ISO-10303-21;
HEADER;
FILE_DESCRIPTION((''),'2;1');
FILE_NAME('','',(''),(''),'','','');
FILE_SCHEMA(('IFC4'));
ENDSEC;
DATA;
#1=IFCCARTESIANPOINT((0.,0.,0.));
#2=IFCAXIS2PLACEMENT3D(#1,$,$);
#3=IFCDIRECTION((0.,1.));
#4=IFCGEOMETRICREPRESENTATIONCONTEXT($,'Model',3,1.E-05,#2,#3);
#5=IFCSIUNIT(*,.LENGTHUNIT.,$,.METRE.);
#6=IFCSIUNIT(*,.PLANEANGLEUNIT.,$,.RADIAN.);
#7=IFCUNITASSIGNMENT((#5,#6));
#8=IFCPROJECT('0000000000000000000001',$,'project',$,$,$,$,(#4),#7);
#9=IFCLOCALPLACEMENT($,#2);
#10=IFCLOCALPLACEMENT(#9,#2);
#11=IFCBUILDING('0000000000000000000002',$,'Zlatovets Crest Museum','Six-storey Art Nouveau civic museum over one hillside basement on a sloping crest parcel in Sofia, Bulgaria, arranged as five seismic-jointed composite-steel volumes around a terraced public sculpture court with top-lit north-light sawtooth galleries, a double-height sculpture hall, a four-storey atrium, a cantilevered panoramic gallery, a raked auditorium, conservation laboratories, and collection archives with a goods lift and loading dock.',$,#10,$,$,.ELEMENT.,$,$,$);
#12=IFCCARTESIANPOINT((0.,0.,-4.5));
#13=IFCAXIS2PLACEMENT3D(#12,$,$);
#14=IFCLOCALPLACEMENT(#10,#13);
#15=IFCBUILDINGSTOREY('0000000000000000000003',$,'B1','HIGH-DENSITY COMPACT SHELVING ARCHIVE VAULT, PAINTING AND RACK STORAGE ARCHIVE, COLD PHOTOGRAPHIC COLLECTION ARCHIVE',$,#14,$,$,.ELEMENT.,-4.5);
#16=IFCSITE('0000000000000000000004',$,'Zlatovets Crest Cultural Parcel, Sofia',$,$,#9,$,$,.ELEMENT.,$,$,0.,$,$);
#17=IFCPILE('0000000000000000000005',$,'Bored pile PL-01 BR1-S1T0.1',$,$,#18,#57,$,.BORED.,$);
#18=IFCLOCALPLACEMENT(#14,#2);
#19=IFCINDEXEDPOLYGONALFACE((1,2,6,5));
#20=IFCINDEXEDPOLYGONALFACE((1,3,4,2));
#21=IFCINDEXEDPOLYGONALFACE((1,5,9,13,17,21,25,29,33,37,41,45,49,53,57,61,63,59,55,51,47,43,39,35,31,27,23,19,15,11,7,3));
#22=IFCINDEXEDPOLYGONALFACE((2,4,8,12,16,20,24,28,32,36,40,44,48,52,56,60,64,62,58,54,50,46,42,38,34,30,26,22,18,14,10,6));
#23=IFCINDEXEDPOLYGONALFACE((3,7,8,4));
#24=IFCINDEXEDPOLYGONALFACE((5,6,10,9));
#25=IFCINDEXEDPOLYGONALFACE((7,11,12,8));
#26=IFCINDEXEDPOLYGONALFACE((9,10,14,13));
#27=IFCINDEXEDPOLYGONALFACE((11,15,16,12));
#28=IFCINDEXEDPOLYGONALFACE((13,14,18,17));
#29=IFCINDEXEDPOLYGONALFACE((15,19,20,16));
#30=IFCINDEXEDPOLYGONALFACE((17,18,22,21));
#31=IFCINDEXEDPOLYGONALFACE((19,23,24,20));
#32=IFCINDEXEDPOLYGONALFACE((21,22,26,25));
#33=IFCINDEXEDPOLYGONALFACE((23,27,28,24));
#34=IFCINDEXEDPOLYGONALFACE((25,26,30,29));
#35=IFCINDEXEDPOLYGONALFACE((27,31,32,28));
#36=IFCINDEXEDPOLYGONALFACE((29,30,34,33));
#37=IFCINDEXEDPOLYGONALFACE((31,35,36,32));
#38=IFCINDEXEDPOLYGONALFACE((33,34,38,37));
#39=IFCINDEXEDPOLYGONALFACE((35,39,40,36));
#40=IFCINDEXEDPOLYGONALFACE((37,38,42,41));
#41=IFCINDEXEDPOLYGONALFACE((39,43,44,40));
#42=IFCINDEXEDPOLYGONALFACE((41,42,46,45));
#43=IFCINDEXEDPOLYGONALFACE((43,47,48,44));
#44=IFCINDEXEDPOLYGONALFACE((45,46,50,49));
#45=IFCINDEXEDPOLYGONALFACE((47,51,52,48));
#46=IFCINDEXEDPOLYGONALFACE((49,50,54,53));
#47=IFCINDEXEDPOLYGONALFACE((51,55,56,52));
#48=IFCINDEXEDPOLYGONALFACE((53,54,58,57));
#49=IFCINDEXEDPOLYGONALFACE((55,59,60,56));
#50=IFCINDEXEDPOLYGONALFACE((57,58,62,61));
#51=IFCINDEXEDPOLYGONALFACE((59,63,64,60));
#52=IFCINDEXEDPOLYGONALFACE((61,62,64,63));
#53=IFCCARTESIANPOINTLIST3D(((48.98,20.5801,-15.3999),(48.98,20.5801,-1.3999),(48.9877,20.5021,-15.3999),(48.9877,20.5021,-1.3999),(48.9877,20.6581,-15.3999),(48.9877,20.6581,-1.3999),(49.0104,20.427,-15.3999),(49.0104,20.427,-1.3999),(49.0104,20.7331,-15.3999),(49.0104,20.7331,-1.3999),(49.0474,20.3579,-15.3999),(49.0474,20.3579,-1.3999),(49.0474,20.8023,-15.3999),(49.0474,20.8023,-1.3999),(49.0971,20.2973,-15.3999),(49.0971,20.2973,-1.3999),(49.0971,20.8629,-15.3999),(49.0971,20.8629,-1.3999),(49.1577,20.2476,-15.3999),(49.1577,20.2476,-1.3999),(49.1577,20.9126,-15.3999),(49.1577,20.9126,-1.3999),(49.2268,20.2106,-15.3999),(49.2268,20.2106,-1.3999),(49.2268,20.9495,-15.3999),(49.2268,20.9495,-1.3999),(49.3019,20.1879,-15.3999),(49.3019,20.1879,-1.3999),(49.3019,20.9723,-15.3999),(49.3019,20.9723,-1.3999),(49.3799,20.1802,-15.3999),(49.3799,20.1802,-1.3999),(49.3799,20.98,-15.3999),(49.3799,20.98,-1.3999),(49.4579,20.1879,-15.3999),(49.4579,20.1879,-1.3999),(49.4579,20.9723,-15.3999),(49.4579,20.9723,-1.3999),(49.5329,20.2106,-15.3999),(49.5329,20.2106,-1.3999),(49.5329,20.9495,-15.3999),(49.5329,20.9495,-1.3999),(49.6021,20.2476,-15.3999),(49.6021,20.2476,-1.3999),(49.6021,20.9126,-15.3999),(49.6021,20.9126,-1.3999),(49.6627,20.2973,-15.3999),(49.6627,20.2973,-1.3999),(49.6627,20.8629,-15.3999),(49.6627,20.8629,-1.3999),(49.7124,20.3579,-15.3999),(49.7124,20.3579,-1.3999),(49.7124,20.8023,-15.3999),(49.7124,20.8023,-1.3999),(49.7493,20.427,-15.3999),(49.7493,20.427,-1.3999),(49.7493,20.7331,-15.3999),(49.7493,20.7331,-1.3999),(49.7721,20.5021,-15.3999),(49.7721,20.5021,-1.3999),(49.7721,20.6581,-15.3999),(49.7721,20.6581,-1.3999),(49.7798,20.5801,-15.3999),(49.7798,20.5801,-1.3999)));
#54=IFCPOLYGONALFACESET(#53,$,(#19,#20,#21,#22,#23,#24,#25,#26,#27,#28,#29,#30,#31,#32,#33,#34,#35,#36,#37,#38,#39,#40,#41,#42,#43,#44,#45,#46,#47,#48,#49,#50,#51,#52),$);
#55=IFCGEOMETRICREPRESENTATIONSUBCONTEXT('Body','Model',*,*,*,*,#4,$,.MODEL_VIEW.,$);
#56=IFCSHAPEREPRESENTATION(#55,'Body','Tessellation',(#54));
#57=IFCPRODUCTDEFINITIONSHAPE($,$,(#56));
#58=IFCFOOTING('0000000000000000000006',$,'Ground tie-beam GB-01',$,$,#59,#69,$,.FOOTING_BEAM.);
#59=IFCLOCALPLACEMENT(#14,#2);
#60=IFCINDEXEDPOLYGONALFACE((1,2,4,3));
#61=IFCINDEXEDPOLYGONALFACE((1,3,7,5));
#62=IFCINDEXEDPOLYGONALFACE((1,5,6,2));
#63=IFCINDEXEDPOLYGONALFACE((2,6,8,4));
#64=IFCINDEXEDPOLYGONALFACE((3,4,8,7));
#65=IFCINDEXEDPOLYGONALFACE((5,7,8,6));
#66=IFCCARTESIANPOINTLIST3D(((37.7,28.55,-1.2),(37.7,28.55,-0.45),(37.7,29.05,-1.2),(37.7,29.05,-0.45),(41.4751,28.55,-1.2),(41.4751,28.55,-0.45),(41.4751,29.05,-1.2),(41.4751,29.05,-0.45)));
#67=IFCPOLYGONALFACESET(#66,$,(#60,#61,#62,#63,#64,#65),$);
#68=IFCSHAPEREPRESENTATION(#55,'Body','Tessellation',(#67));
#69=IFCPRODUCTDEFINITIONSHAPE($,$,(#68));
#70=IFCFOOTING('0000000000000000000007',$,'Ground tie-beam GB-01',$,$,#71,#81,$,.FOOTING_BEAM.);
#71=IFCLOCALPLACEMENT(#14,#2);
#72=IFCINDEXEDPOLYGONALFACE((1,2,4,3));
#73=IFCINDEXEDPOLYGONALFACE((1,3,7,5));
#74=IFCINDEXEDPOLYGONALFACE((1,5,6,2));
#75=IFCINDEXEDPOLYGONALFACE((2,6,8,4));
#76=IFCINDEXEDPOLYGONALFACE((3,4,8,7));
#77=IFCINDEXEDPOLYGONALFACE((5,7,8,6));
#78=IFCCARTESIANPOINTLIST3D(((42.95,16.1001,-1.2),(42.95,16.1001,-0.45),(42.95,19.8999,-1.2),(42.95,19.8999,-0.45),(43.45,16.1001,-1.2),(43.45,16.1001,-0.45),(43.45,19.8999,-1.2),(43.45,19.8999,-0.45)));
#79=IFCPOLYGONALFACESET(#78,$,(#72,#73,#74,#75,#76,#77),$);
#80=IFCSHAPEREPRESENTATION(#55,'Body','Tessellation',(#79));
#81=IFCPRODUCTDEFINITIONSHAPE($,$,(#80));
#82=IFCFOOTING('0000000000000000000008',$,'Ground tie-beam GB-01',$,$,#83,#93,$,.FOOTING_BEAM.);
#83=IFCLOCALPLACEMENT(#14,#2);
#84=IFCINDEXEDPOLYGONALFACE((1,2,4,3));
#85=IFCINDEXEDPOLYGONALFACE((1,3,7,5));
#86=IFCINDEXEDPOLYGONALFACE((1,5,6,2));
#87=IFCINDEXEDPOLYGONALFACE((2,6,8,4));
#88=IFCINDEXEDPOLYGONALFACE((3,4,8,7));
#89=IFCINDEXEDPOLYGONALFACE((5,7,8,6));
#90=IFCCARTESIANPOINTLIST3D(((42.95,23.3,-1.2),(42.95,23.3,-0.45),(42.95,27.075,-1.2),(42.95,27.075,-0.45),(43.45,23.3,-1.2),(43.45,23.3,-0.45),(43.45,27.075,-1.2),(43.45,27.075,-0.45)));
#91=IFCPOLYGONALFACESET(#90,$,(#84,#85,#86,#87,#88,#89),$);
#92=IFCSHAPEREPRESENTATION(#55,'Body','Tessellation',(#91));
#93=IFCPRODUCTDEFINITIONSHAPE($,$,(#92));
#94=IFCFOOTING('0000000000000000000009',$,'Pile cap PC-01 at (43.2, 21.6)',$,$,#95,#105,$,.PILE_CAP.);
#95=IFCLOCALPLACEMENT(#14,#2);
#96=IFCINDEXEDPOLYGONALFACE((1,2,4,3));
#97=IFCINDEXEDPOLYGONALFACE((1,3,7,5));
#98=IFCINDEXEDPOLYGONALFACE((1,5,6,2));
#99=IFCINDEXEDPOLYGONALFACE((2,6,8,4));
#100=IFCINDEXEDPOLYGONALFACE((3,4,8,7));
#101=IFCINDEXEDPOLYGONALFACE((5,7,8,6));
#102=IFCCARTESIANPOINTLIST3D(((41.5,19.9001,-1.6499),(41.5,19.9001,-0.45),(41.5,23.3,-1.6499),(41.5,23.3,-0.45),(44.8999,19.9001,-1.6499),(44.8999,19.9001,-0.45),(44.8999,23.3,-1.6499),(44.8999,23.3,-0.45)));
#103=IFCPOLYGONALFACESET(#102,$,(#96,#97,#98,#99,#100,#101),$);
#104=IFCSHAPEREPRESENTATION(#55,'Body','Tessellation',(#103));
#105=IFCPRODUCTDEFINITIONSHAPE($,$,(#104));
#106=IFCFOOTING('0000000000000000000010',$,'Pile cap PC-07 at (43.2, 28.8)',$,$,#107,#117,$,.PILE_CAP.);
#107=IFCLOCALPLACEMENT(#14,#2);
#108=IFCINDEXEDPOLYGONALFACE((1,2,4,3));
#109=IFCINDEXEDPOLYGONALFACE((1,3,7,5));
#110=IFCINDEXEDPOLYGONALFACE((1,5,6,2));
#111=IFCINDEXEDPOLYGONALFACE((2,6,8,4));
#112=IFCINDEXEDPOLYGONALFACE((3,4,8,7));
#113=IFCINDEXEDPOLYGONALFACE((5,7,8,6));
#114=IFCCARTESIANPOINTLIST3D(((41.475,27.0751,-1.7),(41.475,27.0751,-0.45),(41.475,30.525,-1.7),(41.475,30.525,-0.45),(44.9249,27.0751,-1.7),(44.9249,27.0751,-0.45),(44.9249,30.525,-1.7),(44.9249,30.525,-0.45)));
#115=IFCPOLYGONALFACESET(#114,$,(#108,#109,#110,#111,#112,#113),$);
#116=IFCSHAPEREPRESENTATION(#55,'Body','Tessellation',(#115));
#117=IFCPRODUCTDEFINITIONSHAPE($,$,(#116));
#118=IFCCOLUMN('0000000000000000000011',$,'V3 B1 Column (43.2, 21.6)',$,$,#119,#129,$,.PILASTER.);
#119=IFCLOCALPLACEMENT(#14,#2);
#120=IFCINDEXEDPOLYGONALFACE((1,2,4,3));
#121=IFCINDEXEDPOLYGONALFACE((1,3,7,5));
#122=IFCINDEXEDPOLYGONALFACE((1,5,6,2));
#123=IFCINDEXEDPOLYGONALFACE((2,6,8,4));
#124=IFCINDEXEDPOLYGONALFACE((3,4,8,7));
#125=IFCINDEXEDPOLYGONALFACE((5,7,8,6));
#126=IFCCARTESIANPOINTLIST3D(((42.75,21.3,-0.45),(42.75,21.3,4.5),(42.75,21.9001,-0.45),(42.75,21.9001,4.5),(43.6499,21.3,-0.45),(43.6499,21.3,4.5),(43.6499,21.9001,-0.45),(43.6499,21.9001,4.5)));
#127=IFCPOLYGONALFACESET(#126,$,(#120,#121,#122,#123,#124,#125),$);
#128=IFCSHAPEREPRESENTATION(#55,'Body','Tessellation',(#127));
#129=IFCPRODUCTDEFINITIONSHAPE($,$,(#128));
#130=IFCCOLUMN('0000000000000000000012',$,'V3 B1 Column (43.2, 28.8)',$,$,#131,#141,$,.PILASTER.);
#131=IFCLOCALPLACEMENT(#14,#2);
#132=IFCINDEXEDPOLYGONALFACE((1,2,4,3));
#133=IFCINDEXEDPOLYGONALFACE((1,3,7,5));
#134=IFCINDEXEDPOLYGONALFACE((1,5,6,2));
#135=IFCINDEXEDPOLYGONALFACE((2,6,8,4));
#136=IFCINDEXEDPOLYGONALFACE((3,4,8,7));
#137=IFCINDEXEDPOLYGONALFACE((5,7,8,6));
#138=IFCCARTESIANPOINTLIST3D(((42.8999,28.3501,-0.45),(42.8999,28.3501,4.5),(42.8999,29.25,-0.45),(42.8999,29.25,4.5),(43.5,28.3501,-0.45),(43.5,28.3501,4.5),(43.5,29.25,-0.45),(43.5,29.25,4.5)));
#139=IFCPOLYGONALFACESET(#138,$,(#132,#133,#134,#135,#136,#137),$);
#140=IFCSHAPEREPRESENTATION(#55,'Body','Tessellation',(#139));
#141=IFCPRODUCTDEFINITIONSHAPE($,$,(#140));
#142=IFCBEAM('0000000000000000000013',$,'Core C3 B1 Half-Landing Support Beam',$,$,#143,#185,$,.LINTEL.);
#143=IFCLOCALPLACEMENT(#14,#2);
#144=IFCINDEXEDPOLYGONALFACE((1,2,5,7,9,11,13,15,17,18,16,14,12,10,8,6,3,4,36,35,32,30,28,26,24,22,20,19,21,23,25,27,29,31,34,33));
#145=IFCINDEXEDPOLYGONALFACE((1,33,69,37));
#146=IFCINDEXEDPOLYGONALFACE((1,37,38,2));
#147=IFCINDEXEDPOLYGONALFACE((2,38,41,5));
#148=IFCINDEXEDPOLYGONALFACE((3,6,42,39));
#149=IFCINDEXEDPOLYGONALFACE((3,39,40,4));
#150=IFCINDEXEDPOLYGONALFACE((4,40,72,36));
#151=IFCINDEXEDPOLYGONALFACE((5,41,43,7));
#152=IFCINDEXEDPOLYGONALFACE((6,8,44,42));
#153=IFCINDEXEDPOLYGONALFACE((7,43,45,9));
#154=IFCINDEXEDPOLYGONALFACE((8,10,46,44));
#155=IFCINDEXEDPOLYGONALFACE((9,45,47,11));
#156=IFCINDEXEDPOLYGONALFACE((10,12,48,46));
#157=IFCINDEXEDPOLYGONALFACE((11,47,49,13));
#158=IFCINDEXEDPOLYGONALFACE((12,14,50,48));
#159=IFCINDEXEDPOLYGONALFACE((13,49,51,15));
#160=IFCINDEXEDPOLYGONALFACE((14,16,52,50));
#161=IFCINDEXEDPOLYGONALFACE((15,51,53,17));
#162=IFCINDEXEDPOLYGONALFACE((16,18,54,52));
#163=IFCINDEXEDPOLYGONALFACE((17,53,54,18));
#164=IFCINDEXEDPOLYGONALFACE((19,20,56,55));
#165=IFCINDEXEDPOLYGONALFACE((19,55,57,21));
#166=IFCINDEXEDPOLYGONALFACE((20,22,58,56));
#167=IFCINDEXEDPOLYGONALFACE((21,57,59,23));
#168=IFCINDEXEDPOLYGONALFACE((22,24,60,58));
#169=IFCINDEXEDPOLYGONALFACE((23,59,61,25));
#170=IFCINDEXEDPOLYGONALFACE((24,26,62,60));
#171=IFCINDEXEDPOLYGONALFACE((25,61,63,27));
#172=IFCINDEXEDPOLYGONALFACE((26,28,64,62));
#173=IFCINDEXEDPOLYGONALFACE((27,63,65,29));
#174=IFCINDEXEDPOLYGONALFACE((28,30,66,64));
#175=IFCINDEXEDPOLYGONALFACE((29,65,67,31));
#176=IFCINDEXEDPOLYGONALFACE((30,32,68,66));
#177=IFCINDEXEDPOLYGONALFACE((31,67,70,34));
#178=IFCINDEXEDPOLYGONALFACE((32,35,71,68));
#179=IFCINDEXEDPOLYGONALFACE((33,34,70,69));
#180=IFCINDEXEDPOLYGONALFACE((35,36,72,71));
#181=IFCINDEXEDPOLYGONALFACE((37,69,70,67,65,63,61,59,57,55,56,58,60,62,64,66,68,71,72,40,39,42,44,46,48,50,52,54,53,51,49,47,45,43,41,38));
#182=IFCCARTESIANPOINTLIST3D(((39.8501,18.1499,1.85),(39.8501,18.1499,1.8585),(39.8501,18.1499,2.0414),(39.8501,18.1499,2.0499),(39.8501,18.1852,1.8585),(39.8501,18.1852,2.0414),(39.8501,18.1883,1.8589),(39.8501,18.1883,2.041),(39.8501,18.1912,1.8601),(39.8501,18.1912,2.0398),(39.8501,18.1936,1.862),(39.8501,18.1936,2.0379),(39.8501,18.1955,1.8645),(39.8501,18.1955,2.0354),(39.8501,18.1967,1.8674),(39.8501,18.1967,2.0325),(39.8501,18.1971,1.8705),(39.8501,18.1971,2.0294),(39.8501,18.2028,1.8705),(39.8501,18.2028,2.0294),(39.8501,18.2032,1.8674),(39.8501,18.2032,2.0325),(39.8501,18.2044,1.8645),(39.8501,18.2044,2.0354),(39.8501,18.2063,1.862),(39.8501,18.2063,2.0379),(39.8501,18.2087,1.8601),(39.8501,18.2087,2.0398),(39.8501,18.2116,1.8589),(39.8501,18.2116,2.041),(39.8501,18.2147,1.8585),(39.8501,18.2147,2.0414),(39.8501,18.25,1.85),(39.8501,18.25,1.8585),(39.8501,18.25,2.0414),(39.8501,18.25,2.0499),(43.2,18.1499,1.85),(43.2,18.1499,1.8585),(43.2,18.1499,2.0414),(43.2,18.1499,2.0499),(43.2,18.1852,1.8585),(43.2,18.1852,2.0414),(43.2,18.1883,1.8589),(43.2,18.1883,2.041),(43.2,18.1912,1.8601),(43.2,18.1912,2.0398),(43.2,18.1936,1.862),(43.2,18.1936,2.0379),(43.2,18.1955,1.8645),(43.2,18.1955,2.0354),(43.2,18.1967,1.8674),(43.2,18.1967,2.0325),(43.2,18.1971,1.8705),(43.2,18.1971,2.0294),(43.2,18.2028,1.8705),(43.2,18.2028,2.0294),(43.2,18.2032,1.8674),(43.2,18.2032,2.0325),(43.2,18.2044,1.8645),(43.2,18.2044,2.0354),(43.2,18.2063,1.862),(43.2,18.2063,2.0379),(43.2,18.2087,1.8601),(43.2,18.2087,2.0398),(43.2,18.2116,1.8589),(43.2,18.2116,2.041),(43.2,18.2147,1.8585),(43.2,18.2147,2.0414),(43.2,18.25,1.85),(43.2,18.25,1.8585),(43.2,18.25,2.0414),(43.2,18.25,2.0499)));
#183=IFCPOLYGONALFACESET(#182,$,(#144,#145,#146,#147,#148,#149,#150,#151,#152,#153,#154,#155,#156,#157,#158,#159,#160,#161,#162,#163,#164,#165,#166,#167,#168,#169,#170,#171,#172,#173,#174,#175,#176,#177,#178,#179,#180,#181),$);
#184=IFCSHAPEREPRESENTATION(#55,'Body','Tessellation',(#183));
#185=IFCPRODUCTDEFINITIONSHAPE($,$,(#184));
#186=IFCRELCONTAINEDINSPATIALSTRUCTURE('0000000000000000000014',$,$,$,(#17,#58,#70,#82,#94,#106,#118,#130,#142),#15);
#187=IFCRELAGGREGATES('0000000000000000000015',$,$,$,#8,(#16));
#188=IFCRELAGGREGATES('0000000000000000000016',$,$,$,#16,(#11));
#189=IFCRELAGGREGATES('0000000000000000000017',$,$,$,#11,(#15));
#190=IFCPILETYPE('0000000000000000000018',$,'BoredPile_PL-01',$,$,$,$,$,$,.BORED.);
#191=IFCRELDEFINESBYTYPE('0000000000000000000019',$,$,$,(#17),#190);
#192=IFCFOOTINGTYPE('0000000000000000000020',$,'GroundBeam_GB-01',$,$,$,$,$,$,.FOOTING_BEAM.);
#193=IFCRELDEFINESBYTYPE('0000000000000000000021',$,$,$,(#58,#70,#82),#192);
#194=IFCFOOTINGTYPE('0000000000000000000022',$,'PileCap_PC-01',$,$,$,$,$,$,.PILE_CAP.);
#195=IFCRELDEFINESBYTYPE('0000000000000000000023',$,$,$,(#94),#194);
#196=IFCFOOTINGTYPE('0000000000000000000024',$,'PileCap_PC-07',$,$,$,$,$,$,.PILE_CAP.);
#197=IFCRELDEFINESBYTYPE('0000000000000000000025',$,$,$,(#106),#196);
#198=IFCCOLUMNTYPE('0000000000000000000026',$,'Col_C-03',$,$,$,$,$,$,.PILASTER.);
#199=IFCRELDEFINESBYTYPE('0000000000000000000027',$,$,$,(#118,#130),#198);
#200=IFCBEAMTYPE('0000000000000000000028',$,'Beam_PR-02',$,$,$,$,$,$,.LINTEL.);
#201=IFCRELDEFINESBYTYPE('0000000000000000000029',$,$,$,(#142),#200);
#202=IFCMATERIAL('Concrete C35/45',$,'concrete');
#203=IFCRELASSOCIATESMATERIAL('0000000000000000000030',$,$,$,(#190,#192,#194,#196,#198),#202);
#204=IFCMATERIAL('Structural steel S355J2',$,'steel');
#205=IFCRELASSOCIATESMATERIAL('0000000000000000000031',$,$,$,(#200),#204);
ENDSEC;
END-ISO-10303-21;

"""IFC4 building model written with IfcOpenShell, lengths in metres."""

from ifc_helpers import new_model, si_unit, direction, frame, origin, origin_2d, place, context, subcontext, project, spatial, rectangle, circle, i_section, extrude, material, material_profile, profile_set, type_object, element, save


model = new_model("IFC4")

# Units and contexts
model_context = context("Model", 3, precision=1e-05, world=origin(), true_north=direction((0.0, 1.0)))
body_context = subcontext(model_context, "Body", "Model", "MODEL_VIEW")
ifc_project = project(units=[si_unit("LENGTHUNIT", "METRE"), si_unit("PLANEANGLEUNIT", "RADIAN")], contexts=[model_context])

# Site, building, storey
site_placement = place(None, origin())
site = spatial("IfcSite", under=ifc_project, at=site_placement, Name="Zlatovets Crest Cultural Parcel, Sofia", CompositionType="ELEMENT", RefElevation=0.0)
building_placement = place(site_placement, origin())
building = spatial("IfcBuilding", under=site, at=building_placement, Name="Zlatovets Crest Museum", Description="Six-storey Art Nouveau civic museum over one hillside basement on a sloping crest parcel in Sofia, Bulgaria, arranged as five seismic-jointed composite-steel volumes around a terraced public sculpture court with top-lit north-light sawtooth galleries, a double-height sculpture hall, a four-storey atrium, a cantilevered panoramic gallery, a raked auditorium, conservation laboratories, and collection archives with a goods lift and loading dock.", CompositionType="ELEMENT")
storey_placement = place(building_placement, frame((0.0, 0.0, -4.5)))
storey = spatial("IfcBuildingStorey", under=building, at=storey_placement, Name="B1", Description="HIGH-DENSITY COMPACT SHELVING ARCHIVE VAULT, PAINTING AND RACK STORAGE ARCHIVE, COLD PHOTOGRAPHIC COLLECTION ARCHIVE", CompositionType="ELEMENT", Elevation=-4.5)

# Pile
ifc_material_1 = material(Name="Concrete C35/45", Category="concrete")
ifc_material_profile_1 = material_profile(ifc_material_1, circle(Radius=0.3999, at=origin_2d()), Name="PILE D800")
ifc_profile_set_1 = profile_set([ifc_material_profile_1], Name="Concrete C35/45")
pile_type = type_object("IfcPileType", Name="BoredPile_PL-01", PredefinedType="BORED", material=ifc_profile_set_1)
for number, where, z_axis, x_axis, name in (
    (1, (49.3799, 20.5801, -1.3999), (0.0, 0.0, -1.0), (1.0, 0.0, 0.0), "Bored pile PL-01 BR1-S1T0.1"),
):
    element("IfcPile", number, at=place(storey_placement, frame(where, z_axis=z_axis, x_axis=x_axis)), inside=storey, type_object=pile_type, Name=name, PredefinedType="BORED", context=body_context, shape_type="SweptSolid", body=[
        extrude(circle(Radius=0.3999, at=origin_2d()), origin(), (0.0, 0.0, 1.0), 14.0),
    ])

# Footings
ifc_material_profile_2 = material_profile(ifc_material_1, rectangle(XDim=0.5, YDim=0.75, at=origin_2d()), Name="RC 500x750")
ifc_profile_set_2 = profile_set([ifc_material_profile_2], Name="Concrete C35/45")
footing_type_1 = type_object("IfcFootingType", Name="GroundBeam_GB-01", PredefinedType="FOOTING_BEAM", material=ifc_profile_set_2)
footing_1_placement = place(storey_placement, frame((37.7, 28.8, -0.825), z_axis=(1.0, 0.0, 0.0), x_axis=(0.0, 1.0, 0.0)))
element("IfcFooting", 2, at=footing_1_placement, inside=storey, type_object=footing_type_1, Name="Ground tie-beam GB-01", PredefinedType="FOOTING_BEAM", context=body_context, shape_type="SweptSolid", body=[
    extrude(rectangle(XDim=0.5, YDim=0.75, at=origin_2d()), origin(), (0.0, 0.0, 1.0), 3.7751),
])
footing_2_placement = place(storey_placement, frame((43.2, 16.1001, -0.825), z_axis=(0.0, 1.0, 0.0), x_axis=(-1.0, 0.0, 0.0)))
element("IfcFooting", 3, at=footing_2_placement, inside=storey, type_object=footing_type_1, Name="Ground tie-beam GB-01", PredefinedType="FOOTING_BEAM", context=body_context, shape_type="SweptSolid", body=[
    extrude(rectangle(XDim=0.5, YDim=0.75, at=origin_2d()), origin(), (0.0, 0.0, 1.0), 3.7998),
])
footing_3_placement = place(storey_placement, frame((43.2, 23.3, -0.825), z_axis=(0.0, 1.0, 0.0), x_axis=(-1.0, 0.0, 0.0)))
element("IfcFooting", 4, at=footing_3_placement, inside=storey, type_object=footing_type_1, Name="Ground tie-beam GB-01", PredefinedType="FOOTING_BEAM", context=body_context, shape_type="SweptSolid", body=[
    extrude(rectangle(XDim=0.5, YDim=0.75, at=origin_2d()), origin(), (0.0, 0.0, 1.0), 3.7749),
])
footing_type_2 = type_object("IfcFootingType", Name="PileCap_PC-01", PredefinedType="PILE_CAP", material=ifc_material_1)
footing_4_placement = place(storey_placement, frame((43.2, 21.6001, -1.6499), z_axis=(0.0, 0.0, 1.0), x_axis=(1.0, 0.0, 0.0)))
element("IfcFooting", 5, at=footing_4_placement, inside=storey, type_object=footing_type_2, Name="Pile cap PC-01 at (43.2, 21.6)", PredefinedType="PILE_CAP", context=body_context, shape_type="SweptSolid", body=[
    extrude(rectangle(XDim=3.3999, YDim=3.3999, at=origin_2d()), origin(), (0.0, 0.0, 1.0), 1.2),
])
footing_type_3 = type_object("IfcFootingType", Name="PileCap_PC-07", PredefinedType="PILE_CAP", material=ifc_material_1)
footing_5_placement = place(storey_placement, frame((43.2, 28.8, -1.7), z_axis=(0.0, 0.0, 1.0), x_axis=(1.0, 0.0, 0.0)))
element("IfcFooting", 6, at=footing_5_placement, inside=storey, type_object=footing_type_3, Name="Pile cap PC-07 at (43.2, 28.8)", PredefinedType="PILE_CAP", context=body_context, shape_type="SweptSolid", body=[
    extrude(rectangle(XDim=3.45, YDim=3.45, at=origin_2d()), origin(), (0.0, 0.0, 1.0), 1.25),
])

# Columns
ifc_material_profile_3 = material_profile(ifc_material_1, rectangle(XDim=0.6001, YDim=0.8999, at=origin_2d()), Name="RC 600x900")
ifc_profile_set_3 = profile_set([ifc_material_profile_3], Name="Concrete C35/45")
column_type = type_object("IfcColumnType", Name="Col_C-03", PredefinedType="PILASTER", material=ifc_profile_set_3)
for number, where, z_axis, x_axis, name in (
    (7, (43.2, 21.6001, -0.45), (0.0, 0.0, 1.0), (0.0, 1.0, 0.0), "V3 B1 Column (43.2, 21.6)"),
    (8, (43.2, 28.8, -0.45), (0.0, 0.0, 1.0), (1.0, 0.0, 0.0), "V3 B1 Column (43.2, 28.8)"),
):
    element("IfcColumn", number, at=place(storey_placement, frame(where, z_axis=z_axis, x_axis=x_axis)), inside=storey, type_object=column_type, Name=name, PredefinedType="PILASTER", context=body_context, shape_type="SweptSolid", body=[
        extrude(rectangle(XDim=0.6001, YDim=0.8999, at=origin_2d()), origin(), (0.0, 0.0, 1.0), 4.95),
    ])

# Beam
ifc_material_2 = material(Name="Structural steel S355J2", Category="steel")
ifc_material_profile_4 = material_profile(ifc_material_2, i_section(OverallWidth=0.1001, OverallDepth=0.2, WebThickness=0.0056, FlangeThickness=0.0085, FilletRadius=0.012, at=origin_2d()), Name="IPE 200")
ifc_profile_set_4 = profile_set([ifc_material_profile_4], Name="Structural steel S355J2")
beam_type = type_object("IfcBeamType", Name="Beam_PR-02", PredefinedType="LINTEL", material=ifc_profile_set_4)
for number, where, z_axis, x_axis, name in (
    (9, (39.8501, 18.2, 1.95), (1.0, 0.0, 0.0), (0.0, 1.0, 0.0), "Core C3 B1 Half-Landing Support Beam"),
):
    element("IfcBeam", number, at=place(storey_placement, frame(where, z_axis=z_axis, x_axis=x_axis)), inside=storey, type_object=beam_type, Name=name, PredefinedType="LINTEL", context=body_context, shape_type="SweptSolid", body=[
        extrude(i_section(OverallWidth=0.1001, OverallDepth=0.2, WebThickness=0.0056, FlangeThickness=0.0085, FilletRadius=0.012, at=origin_2d()), origin(), (0.0, 0.0, 1.0), 3.3499),
    ])

save(model, "model.ifc")
